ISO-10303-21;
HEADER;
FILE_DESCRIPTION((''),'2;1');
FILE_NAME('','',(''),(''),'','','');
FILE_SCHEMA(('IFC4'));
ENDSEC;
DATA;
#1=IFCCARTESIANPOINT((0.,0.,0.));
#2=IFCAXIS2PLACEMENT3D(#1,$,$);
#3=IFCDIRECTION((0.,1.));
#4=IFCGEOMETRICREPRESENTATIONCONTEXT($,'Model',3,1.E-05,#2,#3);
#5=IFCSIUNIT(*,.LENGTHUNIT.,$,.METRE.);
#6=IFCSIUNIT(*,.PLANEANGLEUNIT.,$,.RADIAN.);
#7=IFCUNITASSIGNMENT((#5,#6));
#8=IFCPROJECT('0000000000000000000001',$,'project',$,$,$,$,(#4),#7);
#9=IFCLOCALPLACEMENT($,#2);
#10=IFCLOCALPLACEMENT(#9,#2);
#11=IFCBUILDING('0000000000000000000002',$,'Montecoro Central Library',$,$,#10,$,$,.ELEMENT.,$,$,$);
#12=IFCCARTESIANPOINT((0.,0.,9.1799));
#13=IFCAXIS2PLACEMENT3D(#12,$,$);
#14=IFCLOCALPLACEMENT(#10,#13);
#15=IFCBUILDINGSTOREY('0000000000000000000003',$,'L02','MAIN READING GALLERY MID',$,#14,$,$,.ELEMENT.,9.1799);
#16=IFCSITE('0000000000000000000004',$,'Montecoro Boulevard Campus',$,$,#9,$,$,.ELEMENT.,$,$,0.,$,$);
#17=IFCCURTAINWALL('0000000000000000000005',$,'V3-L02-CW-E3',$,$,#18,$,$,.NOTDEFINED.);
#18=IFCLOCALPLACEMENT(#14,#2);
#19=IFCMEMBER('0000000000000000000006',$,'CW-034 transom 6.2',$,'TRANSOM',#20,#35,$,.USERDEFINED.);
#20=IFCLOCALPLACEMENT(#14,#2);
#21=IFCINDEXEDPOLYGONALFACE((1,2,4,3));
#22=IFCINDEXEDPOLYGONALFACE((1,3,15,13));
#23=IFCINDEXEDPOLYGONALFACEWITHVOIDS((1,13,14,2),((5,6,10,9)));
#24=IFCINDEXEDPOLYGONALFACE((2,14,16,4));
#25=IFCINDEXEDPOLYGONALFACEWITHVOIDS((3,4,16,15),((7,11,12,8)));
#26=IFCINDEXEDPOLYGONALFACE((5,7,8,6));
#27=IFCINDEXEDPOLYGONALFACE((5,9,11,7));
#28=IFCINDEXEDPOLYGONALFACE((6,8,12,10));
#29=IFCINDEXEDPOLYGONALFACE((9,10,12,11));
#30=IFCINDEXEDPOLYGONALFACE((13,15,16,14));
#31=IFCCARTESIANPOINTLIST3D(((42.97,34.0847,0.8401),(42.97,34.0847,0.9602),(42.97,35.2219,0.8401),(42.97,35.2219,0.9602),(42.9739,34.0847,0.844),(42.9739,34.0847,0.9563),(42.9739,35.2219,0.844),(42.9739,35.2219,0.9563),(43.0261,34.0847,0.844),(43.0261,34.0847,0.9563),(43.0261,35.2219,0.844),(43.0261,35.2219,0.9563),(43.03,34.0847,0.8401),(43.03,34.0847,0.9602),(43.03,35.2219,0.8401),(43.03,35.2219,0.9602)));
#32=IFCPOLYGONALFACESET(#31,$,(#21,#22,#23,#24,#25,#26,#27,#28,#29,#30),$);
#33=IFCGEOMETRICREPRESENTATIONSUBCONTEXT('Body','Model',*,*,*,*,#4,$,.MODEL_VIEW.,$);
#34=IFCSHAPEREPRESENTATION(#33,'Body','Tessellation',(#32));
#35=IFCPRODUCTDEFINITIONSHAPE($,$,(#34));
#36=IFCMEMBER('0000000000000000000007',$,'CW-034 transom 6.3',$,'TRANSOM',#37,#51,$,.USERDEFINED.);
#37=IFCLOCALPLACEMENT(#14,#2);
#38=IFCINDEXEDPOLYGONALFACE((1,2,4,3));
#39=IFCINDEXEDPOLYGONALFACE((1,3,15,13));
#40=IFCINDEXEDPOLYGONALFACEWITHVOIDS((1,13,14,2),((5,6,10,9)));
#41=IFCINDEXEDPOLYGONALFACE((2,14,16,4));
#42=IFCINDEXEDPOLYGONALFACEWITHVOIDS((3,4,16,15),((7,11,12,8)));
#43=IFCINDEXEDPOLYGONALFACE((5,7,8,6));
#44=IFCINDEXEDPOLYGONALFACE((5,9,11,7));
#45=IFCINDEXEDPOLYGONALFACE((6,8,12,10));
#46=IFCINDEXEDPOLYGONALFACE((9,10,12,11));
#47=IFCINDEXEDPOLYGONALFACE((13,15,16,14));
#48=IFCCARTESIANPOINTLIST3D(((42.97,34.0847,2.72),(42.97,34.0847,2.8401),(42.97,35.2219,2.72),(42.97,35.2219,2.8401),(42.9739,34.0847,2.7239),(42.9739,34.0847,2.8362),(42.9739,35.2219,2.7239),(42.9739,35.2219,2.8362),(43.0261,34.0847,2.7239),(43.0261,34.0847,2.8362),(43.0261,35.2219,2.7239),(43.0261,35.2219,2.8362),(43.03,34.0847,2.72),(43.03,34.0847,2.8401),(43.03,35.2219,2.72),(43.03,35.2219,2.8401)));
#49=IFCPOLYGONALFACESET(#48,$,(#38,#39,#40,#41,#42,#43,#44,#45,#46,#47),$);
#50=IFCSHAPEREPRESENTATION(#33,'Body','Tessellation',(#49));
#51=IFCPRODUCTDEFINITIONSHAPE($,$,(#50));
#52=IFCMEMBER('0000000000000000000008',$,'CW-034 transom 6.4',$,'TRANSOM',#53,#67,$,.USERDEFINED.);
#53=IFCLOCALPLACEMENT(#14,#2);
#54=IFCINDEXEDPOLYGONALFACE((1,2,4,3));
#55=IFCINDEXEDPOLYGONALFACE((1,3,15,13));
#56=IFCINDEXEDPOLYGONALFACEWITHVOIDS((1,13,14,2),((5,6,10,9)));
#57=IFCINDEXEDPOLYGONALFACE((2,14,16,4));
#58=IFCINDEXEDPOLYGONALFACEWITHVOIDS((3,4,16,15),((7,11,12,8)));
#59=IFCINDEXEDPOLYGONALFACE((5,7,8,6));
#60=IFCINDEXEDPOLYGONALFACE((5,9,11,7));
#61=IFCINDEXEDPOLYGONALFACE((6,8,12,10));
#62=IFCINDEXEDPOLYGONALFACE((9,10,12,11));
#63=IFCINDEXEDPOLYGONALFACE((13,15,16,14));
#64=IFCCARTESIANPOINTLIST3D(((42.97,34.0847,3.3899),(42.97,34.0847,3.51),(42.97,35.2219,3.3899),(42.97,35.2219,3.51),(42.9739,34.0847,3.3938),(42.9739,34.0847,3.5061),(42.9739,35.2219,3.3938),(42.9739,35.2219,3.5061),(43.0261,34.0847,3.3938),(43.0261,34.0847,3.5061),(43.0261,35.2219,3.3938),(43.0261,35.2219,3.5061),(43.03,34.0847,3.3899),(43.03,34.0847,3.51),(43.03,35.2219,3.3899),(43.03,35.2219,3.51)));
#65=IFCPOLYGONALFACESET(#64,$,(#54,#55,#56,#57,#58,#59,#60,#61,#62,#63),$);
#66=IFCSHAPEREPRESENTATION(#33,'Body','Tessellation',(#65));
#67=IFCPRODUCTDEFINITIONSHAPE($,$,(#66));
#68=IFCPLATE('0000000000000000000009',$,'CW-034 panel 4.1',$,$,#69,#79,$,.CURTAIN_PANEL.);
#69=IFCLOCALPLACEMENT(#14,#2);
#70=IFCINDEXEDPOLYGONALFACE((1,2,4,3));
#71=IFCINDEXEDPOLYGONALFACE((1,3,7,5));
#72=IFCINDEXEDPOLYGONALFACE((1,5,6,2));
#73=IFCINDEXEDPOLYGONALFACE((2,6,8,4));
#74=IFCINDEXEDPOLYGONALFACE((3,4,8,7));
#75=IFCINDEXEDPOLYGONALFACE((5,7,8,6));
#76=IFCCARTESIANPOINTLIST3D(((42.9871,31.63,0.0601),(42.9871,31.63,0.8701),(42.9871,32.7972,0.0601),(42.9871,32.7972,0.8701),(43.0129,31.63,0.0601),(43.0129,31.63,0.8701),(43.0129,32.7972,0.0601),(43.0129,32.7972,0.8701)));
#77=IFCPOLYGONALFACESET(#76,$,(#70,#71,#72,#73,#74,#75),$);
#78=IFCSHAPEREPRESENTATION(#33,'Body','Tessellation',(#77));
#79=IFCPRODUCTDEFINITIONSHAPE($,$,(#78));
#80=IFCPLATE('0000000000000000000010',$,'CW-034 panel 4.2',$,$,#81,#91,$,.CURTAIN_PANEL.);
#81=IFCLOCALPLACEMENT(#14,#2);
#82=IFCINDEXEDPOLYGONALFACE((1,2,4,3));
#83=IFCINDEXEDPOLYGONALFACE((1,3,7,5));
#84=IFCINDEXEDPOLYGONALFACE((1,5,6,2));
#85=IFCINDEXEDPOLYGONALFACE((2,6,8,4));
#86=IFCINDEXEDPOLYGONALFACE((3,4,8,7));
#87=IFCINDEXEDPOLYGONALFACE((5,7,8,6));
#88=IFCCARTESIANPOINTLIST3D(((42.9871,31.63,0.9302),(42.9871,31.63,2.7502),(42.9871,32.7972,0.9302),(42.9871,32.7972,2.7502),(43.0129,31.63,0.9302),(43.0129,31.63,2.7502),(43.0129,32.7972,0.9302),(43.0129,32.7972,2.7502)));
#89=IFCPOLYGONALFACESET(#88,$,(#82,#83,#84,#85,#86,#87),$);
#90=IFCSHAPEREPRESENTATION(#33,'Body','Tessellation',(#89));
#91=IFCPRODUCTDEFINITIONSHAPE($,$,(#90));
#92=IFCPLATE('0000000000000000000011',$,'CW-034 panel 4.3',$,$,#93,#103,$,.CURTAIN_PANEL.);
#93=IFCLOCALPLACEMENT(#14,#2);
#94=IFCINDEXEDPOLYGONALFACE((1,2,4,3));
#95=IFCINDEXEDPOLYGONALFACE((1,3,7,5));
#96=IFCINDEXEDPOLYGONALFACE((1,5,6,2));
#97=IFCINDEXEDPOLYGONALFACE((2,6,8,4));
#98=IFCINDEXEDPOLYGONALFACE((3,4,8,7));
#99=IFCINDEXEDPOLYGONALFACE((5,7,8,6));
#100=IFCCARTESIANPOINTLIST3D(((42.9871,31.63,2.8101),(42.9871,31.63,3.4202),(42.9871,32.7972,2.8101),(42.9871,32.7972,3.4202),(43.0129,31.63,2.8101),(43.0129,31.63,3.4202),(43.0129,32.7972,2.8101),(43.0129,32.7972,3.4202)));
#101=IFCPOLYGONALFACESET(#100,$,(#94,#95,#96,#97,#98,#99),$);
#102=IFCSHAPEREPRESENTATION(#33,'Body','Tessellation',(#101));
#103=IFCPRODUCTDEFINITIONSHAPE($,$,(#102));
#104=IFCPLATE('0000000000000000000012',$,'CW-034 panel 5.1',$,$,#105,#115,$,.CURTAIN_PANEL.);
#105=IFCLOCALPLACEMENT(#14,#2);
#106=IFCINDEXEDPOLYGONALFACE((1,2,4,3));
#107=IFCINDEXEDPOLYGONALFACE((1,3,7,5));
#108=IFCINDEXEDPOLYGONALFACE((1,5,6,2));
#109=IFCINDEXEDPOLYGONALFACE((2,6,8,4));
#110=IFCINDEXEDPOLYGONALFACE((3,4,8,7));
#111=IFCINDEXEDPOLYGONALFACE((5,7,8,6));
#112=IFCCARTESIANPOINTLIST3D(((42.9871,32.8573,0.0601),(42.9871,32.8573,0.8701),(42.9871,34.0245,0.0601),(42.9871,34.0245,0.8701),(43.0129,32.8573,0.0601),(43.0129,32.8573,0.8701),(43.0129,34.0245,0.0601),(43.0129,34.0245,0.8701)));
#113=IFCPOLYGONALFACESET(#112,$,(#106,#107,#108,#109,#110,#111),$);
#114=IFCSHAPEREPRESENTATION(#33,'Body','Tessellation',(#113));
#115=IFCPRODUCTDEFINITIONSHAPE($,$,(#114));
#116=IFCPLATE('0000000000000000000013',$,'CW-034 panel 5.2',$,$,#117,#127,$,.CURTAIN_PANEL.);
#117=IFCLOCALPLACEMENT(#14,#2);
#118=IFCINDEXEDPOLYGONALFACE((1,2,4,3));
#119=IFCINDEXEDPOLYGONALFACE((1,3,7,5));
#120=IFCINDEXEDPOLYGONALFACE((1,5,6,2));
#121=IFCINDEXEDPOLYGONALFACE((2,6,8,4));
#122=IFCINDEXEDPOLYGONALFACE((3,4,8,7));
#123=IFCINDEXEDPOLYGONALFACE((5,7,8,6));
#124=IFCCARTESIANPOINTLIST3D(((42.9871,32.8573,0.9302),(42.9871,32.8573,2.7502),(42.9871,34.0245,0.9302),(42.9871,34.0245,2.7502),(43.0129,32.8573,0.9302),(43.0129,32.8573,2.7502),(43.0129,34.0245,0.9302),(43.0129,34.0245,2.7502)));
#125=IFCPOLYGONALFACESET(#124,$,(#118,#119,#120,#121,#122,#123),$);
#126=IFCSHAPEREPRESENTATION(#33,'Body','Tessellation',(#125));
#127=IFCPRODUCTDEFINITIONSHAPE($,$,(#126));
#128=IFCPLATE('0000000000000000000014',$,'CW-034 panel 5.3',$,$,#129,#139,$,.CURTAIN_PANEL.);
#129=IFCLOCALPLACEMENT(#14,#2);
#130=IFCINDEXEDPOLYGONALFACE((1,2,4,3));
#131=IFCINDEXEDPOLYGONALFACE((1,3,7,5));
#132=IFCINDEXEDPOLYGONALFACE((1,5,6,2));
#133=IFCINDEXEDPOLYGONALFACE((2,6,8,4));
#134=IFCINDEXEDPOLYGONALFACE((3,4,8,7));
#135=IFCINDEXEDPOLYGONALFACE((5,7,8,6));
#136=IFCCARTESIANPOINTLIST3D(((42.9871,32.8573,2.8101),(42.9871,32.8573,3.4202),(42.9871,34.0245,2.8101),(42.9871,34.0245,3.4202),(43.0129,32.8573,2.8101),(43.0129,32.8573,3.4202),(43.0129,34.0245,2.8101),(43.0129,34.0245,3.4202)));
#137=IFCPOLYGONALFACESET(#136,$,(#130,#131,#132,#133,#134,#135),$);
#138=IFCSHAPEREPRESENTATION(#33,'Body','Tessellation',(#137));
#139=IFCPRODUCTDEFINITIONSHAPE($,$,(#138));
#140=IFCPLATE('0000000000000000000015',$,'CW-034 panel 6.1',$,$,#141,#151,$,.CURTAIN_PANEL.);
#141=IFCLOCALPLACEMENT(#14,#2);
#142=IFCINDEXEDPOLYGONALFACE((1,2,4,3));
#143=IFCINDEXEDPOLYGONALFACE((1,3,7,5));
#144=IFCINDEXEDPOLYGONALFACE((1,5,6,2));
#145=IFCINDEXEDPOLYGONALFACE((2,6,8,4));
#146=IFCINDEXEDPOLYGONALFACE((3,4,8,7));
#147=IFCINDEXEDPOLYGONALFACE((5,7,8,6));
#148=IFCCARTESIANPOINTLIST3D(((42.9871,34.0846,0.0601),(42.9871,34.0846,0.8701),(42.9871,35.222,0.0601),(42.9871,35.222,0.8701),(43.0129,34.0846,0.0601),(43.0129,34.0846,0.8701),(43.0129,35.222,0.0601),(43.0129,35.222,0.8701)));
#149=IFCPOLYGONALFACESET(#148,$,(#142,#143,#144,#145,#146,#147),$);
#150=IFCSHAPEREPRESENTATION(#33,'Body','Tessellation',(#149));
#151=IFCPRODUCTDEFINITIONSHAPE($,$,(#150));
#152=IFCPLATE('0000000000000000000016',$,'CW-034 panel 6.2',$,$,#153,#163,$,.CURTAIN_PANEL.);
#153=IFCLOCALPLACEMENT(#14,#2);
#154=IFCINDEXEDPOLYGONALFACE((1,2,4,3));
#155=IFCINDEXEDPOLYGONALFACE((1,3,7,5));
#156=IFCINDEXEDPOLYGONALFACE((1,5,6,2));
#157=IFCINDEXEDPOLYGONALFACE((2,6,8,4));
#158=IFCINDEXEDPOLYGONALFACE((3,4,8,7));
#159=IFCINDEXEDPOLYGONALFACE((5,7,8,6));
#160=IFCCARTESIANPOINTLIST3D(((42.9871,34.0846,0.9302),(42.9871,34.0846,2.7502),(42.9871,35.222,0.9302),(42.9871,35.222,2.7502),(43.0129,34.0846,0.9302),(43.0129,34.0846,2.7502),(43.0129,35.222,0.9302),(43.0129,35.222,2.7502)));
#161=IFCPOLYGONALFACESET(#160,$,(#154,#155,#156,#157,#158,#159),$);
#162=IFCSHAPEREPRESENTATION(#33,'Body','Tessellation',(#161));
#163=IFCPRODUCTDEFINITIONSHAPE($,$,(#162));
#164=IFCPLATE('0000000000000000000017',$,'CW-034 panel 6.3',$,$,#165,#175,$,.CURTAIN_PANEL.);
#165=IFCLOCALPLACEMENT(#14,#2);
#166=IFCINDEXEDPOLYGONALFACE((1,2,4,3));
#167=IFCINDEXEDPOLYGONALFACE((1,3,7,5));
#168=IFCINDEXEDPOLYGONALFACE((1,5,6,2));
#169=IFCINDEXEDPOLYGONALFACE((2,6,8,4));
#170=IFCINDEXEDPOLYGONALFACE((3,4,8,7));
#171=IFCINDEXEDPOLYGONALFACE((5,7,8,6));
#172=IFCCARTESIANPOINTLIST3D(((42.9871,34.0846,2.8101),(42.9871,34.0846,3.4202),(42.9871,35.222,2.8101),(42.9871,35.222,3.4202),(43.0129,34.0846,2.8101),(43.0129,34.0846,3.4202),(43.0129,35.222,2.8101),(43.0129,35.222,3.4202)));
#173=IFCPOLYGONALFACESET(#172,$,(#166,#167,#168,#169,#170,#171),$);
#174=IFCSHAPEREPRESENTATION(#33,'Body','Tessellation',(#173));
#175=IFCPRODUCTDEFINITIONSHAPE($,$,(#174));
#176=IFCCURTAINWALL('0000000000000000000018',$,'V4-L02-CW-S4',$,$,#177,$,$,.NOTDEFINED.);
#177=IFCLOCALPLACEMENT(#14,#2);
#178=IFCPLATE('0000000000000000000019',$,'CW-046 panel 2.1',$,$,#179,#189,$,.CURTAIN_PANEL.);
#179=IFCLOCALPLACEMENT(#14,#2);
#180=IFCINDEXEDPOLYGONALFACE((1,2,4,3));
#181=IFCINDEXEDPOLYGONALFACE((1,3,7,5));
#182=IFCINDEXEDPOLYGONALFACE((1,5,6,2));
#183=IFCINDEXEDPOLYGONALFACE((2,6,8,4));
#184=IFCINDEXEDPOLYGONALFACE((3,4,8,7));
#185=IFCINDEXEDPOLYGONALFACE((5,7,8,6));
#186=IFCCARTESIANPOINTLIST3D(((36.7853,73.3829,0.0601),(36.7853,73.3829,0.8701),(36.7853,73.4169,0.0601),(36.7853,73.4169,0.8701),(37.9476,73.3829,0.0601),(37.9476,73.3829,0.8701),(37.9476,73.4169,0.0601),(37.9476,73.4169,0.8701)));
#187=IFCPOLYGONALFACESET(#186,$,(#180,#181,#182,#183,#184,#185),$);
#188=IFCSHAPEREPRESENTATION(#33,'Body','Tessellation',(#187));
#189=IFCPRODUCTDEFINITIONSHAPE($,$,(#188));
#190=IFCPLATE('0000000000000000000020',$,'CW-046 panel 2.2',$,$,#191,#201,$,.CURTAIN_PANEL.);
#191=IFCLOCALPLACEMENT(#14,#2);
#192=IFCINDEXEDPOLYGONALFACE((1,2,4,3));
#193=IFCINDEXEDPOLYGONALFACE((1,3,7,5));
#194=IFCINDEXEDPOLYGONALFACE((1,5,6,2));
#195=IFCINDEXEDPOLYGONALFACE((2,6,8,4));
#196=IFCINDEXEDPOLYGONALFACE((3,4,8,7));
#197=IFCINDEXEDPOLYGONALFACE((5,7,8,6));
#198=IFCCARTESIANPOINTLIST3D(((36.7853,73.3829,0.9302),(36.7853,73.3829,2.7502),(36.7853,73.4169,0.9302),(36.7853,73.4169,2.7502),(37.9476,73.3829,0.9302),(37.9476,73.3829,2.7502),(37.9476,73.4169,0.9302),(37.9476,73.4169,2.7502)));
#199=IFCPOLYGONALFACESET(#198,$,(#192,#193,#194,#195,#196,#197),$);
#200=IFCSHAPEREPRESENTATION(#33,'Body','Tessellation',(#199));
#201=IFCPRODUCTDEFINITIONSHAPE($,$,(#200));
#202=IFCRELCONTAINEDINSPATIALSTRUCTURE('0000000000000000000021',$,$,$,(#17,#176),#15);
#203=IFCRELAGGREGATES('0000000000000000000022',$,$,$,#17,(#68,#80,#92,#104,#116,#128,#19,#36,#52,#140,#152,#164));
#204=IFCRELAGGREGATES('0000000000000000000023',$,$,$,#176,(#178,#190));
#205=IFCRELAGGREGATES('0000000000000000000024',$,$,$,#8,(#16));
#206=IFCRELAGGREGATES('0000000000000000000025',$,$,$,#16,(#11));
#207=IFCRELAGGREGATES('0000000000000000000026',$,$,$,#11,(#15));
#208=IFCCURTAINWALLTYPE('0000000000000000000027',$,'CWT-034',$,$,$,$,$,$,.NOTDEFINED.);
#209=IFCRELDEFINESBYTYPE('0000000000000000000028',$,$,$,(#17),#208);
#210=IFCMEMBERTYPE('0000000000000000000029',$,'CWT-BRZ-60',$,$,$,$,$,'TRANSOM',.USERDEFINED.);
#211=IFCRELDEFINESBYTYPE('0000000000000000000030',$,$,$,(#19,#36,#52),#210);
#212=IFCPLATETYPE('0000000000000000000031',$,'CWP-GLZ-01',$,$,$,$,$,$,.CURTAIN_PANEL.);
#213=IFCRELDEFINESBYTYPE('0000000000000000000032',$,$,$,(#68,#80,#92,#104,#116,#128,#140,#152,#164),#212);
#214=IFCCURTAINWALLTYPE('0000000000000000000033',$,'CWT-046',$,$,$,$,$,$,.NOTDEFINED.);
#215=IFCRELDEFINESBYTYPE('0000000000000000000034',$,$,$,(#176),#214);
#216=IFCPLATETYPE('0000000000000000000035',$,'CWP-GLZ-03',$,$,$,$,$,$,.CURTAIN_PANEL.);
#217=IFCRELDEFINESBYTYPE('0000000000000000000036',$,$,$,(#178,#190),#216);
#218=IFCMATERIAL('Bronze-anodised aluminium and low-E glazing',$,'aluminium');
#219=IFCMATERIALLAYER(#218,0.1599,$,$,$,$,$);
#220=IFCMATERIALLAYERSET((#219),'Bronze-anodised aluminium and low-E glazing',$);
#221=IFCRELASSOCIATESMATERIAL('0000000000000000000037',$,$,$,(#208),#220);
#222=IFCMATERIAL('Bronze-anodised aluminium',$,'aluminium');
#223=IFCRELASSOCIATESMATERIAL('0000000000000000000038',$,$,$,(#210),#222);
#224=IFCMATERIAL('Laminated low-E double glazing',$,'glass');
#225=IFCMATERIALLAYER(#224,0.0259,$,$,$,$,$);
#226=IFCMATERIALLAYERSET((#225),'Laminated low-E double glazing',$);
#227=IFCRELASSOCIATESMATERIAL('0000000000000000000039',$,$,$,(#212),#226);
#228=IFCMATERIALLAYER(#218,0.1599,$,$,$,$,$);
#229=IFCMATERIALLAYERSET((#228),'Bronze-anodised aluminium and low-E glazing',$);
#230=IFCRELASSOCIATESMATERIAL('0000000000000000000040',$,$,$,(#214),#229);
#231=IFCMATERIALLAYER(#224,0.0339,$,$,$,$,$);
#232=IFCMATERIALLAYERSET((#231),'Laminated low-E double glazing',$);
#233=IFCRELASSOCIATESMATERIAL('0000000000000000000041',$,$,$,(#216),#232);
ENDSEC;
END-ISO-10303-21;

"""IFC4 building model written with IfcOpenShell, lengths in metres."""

from ifc_helpers import new_model, si_unit, direction, frame, origin, origin_2d, place, context, subcontext, project, spatial, rectangle, hollow_rectangle, extrude, material, layer, layer_set, material_profile, profile_set, type_object, element, aggregate, save


model = new_model("IFC4")

# Units and contexts
model_context = context("Model", 3, precision=1e-05, world=origin(), true_north=direction((0.0, 1.0)))
body_context = subcontext(model_context, "Body", "Model", "MODEL_VIEW")
ifc_project = project(units=[si_unit("LENGTHUNIT", "METRE"), si_unit("PLANEANGLEUNIT", "RADIAN")], contexts=[model_context])

# Site, building, storey
site_placement = place(None, origin())
site = spatial("IfcSite", under=ifc_project, at=site_placement, Name="Montecoro Boulevard Campus", CompositionType="ELEMENT", RefElevation=0.0)
building_placement = place(site_placement, origin())
building = spatial("IfcBuilding", under=site, at=building_placement, Name="Montecoro Central Library", CompositionType="ELEMENT")
storey_placement = place(building_placement, frame((0.0, 0.0, 9.1799)))
storey = spatial("IfcBuildingStorey", under=building, at=storey_placement, Name="L02", Description="MAIN READING GALLERY MID", CompositionType="ELEMENT", Elevation=9.1799)

# Curtain wall, members, plates
ifc_material_1 = material(Name="Bronze-anodised aluminium and low-E glazing", Category="aluminium")
ifc_layer_1 = layer(ifc_material_1, 0.1599)
ifc_layer_set_1 = layer_set([ifc_layer_1], Name="Bronze-anodised aluminium and low-E glazing")
curtain_wall_type_1 = type_object("IfcCurtainWallType", Name="CWT-034", PredefinedType="NOTDEFINED", material=ifc_layer_set_1)
curtain_wall_1_placement = place(storey_placement, origin())
curtain_wall_1 = element("IfcCurtainWall", 1, at=curtain_wall_1_placement, inside=storey, type_object=curtain_wall_type_1, Name="V3-L02-CW-E3", PredefinedType="NOTDEFINED")
ifc_material_2 = material(Name="Bronze-anodised aluminium", Category="aluminium")
ifc_material_profile_1 = material_profile(ifc_material_2, hollow_rectangle(XDim=0.0601, YDim=0.1201, WallThickness=0.0039, at=origin_2d()), Name="CWT 120x60x4.0")
ifc_profile_set_1 = profile_set([ifc_material_profile_1], Name="Bronze-anodised aluminium")
member_type_1 = type_object("IfcMemberType", Name="CWT-BRZ-60", ElementType="TRANSOM", PredefinedType="USERDEFINED", material=ifc_profile_set_1)
member_1_placement = place(storey_placement, frame((43.0, 34.0847, 0.9001), z_axis=(0.0, 1.0, 0.0), x_axis=(-1.0, 0.0, 0.0)))
member_1 = element("IfcMember", 2, at=member_1_placement, type_object=member_type_1, Name="CW-034 transom 6.2", ObjectType="TRANSOM", PredefinedType="USERDEFINED", context=body_context, shape_type="SweptSolid", body=[
    extrude(hollow_rectangle(XDim=0.0601, YDim=0.1201, WallThickness=0.0039, at=origin_2d()), origin(), (0.0, 0.0, 1.0), 1.1372),
])
member_2_placement = place(storey_placement, frame((43.0, 34.0847, 2.78), z_axis=(0.0, 1.0, 0.0), x_axis=(-1.0, 0.0, 0.0)))
member_2 = element("IfcMember", 3, at=member_2_placement, type_object=member_type_1, Name="CW-034 transom 6.3", ObjectType="TRANSOM", PredefinedType="USERDEFINED", context=body_context, shape_type="SweptSolid", body=[
    extrude(hollow_rectangle(XDim=0.0601, YDim=0.1201, WallThickness=0.0039, at=origin_2d()), origin(), (0.0, 0.0, 1.0), 1.1372),
])
member_3_placement = place(storey_placement, frame((43.0, 34.0847, 3.45), z_axis=(0.0, 1.0, 0.0), x_axis=(-1.0, 0.0, 0.0)))
member_3 = element("IfcMember", 4, at=member_3_placement, type_object=member_type_1, Name="CW-034 transom 6.4", ObjectType="TRANSOM", PredefinedType="USERDEFINED", context=body_context, shape_type="SweptSolid", body=[
    extrude(hollow_rectangle(XDim=0.0601, YDim=0.1201, WallThickness=0.0039, at=origin_2d()), origin(), (0.0, 0.0, 1.0), 1.1372),
])
ifc_material_3 = material(Name="Laminated low-E double glazing", Category="glass")
ifc_layer_2 = layer(ifc_material_3, 0.0259)
ifc_layer_set_2 = layer_set([ifc_layer_2], Name="Laminated low-E double glazing")
plate_type_1 = type_object("IfcPlateType", Name="CWP-GLZ-01", PredefinedType="CURTAIN_PANEL", material=ifc_layer_set_2)
plate_1_placement = place(storey_placement, frame((43.0, 32.2136, 0.0601), z_axis=(0.0, 0.0, 1.0), x_axis=(0.0, 1.0, 0.0)))
plate_1 = element("IfcPlate", 5, at=plate_1_placement, type_object=plate_type_1, Name="CW-034 panel 4.1", PredefinedType="CURTAIN_PANEL", context=body_context, shape_type="SweptSolid", body=[
    extrude(rectangle(XDim=1.1672, YDim=0.0259, at=origin_2d()), origin(), (0.0, 0.0, 1.0), 0.8101),
])
plate_2_placement = place(storey_placement, frame((43.0, 32.2136, 0.9302), z_axis=(0.0, 0.0, 1.0), x_axis=(0.0, 1.0, 0.0)))
plate_2 = element("IfcPlate", 6, at=plate_2_placement, type_object=plate_type_1, Name="CW-034 panel 4.2", PredefinedType="CURTAIN_PANEL", context=body_context, shape_type="SweptSolid", body=[
    extrude(rectangle(XDim=1.1672, YDim=0.0259, at=origin_2d()), origin(), (0.0, 0.0, 1.0), 1.8201),
])
plate_3_placement = place(storey_placement, frame((43.0, 32.2136, 2.8101), z_axis=(0.0, 0.0, 1.0), x_axis=(0.0, 1.0, 0.0)))
plate_3 = element("IfcPlate", 7, at=plate_3_placement, type_object=plate_type_1, Name="CW-034 panel 4.3", PredefinedType="CURTAIN_PANEL", context=body_context, shape_type="SweptSolid", body=[
    extrude(rectangle(XDim=1.1672, YDim=0.0259, at=origin_2d()), origin(), (0.0, 0.0, 1.0), 0.6101),
])
plate_4_placement = place(storey_placement, frame((43.0, 33.4409, 0.0601), z_axis=(0.0, 0.0, 1.0), x_axis=(0.0, 1.0, 0.0)))
plate_4 = element("IfcPlate", 8, at=plate_4_placement, type_object=plate_type_1, Name="CW-034 panel 5.1", PredefinedType="CURTAIN_PANEL", context=body_context, shape_type="SweptSolid", body=[
    extrude(rectangle(XDim=1.1672, YDim=0.0259, at=origin_2d()), origin(), (0.0, 0.0, 1.0), 0.8101),
])
plate_5_placement = place(storey_placement, frame((43.0, 33.4409, 0.9302), z_axis=(0.0, 0.0, 1.0), x_axis=(0.0, 1.0, 0.0)))
plate_5 = element("IfcPlate", 9, at=plate_5_placement, type_object=plate_type_1, Name="CW-034 panel 5.2", PredefinedType="CURTAIN_PANEL", context=body_context, shape_type="SweptSolid", body=[
    extrude(rectangle(XDim=1.1672, YDim=0.0259, at=origin_2d()), origin(), (0.0, 0.0, 1.0), 1.8201),
])
plate_6_placement = place(storey_placement, frame((43.0, 33.4409, 2.8101), z_axis=(0.0, 0.0, 1.0), x_axis=(0.0, 1.0, 0.0)))
plate_6 = element("IfcPlate", 10, at=plate_6_placement, type_object=plate_type_1, Name="CW-034 panel 5.3", PredefinedType="CURTAIN_PANEL", context=body_context, shape_type="SweptSolid", body=[
    extrude(rectangle(XDim=1.1672, YDim=0.0259, at=origin_2d()), origin(), (0.0, 0.0, 1.0), 0.6101),
])
plate_7_placement = place(storey_placement, frame((43.0, 34.6533, 0.0601), z_axis=(0.0, 0.0, 1.0), x_axis=(0.0, 1.0, 0.0)))
plate_7 = element("IfcPlate", 11, at=plate_7_placement, type_object=plate_type_1, Name="CW-034 panel 6.1", PredefinedType="CURTAIN_PANEL", context=body_context, shape_type="SweptSolid", body=[
    extrude(rectangle(XDim=1.1375, YDim=0.0259, at=origin_2d()), origin(), (0.0, 0.0, 1.0), 0.8101),
])
plate_8_placement = place(storey_placement, frame((43.0, 34.6533, 0.9302), z_axis=(0.0, 0.0, 1.0), x_axis=(0.0, 1.0, 0.0)))
plate_8 = element("IfcPlate", 12, at=plate_8_placement, type_object=plate_type_1, Name="CW-034 panel 6.2", PredefinedType="CURTAIN_PANEL", context=body_context, shape_type="SweptSolid", body=[
    extrude(rectangle(XDim=1.1375, YDim=0.0259, at=origin_2d()), origin(), (0.0, 0.0, 1.0), 1.8201),
])
plate_9_placement = place(storey_placement, frame((43.0, 34.6533, 2.8101), z_axis=(0.0, 0.0, 1.0), x_axis=(0.0, 1.0, 0.0)))
plate_9 = element("IfcPlate", 13, at=plate_9_placement, type_object=plate_type_1, Name="CW-034 panel 6.3", PredefinedType="CURTAIN_PANEL", context=body_context, shape_type="SweptSolid", body=[
    extrude(rectangle(XDim=1.1375, YDim=0.0259, at=origin_2d()), origin(), (0.0, 0.0, 1.0), 0.6101),
])
aggregate(curtain_wall_1, [plate_1, plate_2, plate_3, plate_4, plate_5, plate_6, member_1, member_2, member_3, plate_7, plate_8, plate_9])

# Curtain wall, plates
ifc_layer_3 = layer(ifc_material_1, 0.1599)
ifc_layer_set_3 = layer_set([ifc_layer_3], Name="Bronze-anodised aluminium and low-E glazing")
curtain_wall_type_2 = type_object("IfcCurtainWallType", Name="CWT-046", PredefinedType="NOTDEFINED", material=ifc_layer_set_3)
curtain_wall_2_placement = place(storey_placement, origin())
curtain_wall_2 = element("IfcCurtainWall", 14, at=curtain_wall_2_placement, inside=storey, type_object=curtain_wall_type_2, Name="V4-L02-CW-S4", PredefinedType="NOTDEFINED")
ifc_layer_4 = layer(ifc_material_3, 0.0339)
ifc_layer_set_4 = layer_set([ifc_layer_4], Name="Laminated low-E double glazing")
plate_type_2 = type_object("IfcPlateType", Name="CWP-GLZ-03", PredefinedType="CURTAIN_PANEL", material=ifc_layer_set_4)
plate_10_placement = place(storey_placement, frame((37.3665, 73.3999, 0.0601), z_axis=(0.0, 0.0, 1.0), x_axis=(1.0, 0.0, 0.0)))
plate_10 = element("IfcPlate", 15, at=plate_10_placement, type_object=plate_type_2, Name="CW-046 panel 2.1", PredefinedType="CURTAIN_PANEL", context=body_context, shape_type="SweptSolid", body=[
    extrude(rectangle(XDim=1.1624, YDim=0.0339, at=origin_2d()), origin(), (0.0, 0.0, 1.0), 0.8101),
])
plate_11_placement = place(storey_placement, frame((37.3665, 73.3999, 0.9302), z_axis=(0.0, 0.0, 1.0), x_axis=(1.0, 0.0, 0.0)))
plate_11 = element("IfcPlate", 16, at=plate_11_placement, type_object=plate_type_2, Name="CW-046 panel 2.2", PredefinedType="CURTAIN_PANEL", context=body_context, shape_type="SweptSolid", body=[
    extrude(rectangle(XDim=1.1624, YDim=0.0339, at=origin_2d()), origin(), (0.0, 0.0, 1.0), 1.8201),
])
aggregate(curtain_wall_2, [plate_10, plate_11])

save(model, "model.ifc")
